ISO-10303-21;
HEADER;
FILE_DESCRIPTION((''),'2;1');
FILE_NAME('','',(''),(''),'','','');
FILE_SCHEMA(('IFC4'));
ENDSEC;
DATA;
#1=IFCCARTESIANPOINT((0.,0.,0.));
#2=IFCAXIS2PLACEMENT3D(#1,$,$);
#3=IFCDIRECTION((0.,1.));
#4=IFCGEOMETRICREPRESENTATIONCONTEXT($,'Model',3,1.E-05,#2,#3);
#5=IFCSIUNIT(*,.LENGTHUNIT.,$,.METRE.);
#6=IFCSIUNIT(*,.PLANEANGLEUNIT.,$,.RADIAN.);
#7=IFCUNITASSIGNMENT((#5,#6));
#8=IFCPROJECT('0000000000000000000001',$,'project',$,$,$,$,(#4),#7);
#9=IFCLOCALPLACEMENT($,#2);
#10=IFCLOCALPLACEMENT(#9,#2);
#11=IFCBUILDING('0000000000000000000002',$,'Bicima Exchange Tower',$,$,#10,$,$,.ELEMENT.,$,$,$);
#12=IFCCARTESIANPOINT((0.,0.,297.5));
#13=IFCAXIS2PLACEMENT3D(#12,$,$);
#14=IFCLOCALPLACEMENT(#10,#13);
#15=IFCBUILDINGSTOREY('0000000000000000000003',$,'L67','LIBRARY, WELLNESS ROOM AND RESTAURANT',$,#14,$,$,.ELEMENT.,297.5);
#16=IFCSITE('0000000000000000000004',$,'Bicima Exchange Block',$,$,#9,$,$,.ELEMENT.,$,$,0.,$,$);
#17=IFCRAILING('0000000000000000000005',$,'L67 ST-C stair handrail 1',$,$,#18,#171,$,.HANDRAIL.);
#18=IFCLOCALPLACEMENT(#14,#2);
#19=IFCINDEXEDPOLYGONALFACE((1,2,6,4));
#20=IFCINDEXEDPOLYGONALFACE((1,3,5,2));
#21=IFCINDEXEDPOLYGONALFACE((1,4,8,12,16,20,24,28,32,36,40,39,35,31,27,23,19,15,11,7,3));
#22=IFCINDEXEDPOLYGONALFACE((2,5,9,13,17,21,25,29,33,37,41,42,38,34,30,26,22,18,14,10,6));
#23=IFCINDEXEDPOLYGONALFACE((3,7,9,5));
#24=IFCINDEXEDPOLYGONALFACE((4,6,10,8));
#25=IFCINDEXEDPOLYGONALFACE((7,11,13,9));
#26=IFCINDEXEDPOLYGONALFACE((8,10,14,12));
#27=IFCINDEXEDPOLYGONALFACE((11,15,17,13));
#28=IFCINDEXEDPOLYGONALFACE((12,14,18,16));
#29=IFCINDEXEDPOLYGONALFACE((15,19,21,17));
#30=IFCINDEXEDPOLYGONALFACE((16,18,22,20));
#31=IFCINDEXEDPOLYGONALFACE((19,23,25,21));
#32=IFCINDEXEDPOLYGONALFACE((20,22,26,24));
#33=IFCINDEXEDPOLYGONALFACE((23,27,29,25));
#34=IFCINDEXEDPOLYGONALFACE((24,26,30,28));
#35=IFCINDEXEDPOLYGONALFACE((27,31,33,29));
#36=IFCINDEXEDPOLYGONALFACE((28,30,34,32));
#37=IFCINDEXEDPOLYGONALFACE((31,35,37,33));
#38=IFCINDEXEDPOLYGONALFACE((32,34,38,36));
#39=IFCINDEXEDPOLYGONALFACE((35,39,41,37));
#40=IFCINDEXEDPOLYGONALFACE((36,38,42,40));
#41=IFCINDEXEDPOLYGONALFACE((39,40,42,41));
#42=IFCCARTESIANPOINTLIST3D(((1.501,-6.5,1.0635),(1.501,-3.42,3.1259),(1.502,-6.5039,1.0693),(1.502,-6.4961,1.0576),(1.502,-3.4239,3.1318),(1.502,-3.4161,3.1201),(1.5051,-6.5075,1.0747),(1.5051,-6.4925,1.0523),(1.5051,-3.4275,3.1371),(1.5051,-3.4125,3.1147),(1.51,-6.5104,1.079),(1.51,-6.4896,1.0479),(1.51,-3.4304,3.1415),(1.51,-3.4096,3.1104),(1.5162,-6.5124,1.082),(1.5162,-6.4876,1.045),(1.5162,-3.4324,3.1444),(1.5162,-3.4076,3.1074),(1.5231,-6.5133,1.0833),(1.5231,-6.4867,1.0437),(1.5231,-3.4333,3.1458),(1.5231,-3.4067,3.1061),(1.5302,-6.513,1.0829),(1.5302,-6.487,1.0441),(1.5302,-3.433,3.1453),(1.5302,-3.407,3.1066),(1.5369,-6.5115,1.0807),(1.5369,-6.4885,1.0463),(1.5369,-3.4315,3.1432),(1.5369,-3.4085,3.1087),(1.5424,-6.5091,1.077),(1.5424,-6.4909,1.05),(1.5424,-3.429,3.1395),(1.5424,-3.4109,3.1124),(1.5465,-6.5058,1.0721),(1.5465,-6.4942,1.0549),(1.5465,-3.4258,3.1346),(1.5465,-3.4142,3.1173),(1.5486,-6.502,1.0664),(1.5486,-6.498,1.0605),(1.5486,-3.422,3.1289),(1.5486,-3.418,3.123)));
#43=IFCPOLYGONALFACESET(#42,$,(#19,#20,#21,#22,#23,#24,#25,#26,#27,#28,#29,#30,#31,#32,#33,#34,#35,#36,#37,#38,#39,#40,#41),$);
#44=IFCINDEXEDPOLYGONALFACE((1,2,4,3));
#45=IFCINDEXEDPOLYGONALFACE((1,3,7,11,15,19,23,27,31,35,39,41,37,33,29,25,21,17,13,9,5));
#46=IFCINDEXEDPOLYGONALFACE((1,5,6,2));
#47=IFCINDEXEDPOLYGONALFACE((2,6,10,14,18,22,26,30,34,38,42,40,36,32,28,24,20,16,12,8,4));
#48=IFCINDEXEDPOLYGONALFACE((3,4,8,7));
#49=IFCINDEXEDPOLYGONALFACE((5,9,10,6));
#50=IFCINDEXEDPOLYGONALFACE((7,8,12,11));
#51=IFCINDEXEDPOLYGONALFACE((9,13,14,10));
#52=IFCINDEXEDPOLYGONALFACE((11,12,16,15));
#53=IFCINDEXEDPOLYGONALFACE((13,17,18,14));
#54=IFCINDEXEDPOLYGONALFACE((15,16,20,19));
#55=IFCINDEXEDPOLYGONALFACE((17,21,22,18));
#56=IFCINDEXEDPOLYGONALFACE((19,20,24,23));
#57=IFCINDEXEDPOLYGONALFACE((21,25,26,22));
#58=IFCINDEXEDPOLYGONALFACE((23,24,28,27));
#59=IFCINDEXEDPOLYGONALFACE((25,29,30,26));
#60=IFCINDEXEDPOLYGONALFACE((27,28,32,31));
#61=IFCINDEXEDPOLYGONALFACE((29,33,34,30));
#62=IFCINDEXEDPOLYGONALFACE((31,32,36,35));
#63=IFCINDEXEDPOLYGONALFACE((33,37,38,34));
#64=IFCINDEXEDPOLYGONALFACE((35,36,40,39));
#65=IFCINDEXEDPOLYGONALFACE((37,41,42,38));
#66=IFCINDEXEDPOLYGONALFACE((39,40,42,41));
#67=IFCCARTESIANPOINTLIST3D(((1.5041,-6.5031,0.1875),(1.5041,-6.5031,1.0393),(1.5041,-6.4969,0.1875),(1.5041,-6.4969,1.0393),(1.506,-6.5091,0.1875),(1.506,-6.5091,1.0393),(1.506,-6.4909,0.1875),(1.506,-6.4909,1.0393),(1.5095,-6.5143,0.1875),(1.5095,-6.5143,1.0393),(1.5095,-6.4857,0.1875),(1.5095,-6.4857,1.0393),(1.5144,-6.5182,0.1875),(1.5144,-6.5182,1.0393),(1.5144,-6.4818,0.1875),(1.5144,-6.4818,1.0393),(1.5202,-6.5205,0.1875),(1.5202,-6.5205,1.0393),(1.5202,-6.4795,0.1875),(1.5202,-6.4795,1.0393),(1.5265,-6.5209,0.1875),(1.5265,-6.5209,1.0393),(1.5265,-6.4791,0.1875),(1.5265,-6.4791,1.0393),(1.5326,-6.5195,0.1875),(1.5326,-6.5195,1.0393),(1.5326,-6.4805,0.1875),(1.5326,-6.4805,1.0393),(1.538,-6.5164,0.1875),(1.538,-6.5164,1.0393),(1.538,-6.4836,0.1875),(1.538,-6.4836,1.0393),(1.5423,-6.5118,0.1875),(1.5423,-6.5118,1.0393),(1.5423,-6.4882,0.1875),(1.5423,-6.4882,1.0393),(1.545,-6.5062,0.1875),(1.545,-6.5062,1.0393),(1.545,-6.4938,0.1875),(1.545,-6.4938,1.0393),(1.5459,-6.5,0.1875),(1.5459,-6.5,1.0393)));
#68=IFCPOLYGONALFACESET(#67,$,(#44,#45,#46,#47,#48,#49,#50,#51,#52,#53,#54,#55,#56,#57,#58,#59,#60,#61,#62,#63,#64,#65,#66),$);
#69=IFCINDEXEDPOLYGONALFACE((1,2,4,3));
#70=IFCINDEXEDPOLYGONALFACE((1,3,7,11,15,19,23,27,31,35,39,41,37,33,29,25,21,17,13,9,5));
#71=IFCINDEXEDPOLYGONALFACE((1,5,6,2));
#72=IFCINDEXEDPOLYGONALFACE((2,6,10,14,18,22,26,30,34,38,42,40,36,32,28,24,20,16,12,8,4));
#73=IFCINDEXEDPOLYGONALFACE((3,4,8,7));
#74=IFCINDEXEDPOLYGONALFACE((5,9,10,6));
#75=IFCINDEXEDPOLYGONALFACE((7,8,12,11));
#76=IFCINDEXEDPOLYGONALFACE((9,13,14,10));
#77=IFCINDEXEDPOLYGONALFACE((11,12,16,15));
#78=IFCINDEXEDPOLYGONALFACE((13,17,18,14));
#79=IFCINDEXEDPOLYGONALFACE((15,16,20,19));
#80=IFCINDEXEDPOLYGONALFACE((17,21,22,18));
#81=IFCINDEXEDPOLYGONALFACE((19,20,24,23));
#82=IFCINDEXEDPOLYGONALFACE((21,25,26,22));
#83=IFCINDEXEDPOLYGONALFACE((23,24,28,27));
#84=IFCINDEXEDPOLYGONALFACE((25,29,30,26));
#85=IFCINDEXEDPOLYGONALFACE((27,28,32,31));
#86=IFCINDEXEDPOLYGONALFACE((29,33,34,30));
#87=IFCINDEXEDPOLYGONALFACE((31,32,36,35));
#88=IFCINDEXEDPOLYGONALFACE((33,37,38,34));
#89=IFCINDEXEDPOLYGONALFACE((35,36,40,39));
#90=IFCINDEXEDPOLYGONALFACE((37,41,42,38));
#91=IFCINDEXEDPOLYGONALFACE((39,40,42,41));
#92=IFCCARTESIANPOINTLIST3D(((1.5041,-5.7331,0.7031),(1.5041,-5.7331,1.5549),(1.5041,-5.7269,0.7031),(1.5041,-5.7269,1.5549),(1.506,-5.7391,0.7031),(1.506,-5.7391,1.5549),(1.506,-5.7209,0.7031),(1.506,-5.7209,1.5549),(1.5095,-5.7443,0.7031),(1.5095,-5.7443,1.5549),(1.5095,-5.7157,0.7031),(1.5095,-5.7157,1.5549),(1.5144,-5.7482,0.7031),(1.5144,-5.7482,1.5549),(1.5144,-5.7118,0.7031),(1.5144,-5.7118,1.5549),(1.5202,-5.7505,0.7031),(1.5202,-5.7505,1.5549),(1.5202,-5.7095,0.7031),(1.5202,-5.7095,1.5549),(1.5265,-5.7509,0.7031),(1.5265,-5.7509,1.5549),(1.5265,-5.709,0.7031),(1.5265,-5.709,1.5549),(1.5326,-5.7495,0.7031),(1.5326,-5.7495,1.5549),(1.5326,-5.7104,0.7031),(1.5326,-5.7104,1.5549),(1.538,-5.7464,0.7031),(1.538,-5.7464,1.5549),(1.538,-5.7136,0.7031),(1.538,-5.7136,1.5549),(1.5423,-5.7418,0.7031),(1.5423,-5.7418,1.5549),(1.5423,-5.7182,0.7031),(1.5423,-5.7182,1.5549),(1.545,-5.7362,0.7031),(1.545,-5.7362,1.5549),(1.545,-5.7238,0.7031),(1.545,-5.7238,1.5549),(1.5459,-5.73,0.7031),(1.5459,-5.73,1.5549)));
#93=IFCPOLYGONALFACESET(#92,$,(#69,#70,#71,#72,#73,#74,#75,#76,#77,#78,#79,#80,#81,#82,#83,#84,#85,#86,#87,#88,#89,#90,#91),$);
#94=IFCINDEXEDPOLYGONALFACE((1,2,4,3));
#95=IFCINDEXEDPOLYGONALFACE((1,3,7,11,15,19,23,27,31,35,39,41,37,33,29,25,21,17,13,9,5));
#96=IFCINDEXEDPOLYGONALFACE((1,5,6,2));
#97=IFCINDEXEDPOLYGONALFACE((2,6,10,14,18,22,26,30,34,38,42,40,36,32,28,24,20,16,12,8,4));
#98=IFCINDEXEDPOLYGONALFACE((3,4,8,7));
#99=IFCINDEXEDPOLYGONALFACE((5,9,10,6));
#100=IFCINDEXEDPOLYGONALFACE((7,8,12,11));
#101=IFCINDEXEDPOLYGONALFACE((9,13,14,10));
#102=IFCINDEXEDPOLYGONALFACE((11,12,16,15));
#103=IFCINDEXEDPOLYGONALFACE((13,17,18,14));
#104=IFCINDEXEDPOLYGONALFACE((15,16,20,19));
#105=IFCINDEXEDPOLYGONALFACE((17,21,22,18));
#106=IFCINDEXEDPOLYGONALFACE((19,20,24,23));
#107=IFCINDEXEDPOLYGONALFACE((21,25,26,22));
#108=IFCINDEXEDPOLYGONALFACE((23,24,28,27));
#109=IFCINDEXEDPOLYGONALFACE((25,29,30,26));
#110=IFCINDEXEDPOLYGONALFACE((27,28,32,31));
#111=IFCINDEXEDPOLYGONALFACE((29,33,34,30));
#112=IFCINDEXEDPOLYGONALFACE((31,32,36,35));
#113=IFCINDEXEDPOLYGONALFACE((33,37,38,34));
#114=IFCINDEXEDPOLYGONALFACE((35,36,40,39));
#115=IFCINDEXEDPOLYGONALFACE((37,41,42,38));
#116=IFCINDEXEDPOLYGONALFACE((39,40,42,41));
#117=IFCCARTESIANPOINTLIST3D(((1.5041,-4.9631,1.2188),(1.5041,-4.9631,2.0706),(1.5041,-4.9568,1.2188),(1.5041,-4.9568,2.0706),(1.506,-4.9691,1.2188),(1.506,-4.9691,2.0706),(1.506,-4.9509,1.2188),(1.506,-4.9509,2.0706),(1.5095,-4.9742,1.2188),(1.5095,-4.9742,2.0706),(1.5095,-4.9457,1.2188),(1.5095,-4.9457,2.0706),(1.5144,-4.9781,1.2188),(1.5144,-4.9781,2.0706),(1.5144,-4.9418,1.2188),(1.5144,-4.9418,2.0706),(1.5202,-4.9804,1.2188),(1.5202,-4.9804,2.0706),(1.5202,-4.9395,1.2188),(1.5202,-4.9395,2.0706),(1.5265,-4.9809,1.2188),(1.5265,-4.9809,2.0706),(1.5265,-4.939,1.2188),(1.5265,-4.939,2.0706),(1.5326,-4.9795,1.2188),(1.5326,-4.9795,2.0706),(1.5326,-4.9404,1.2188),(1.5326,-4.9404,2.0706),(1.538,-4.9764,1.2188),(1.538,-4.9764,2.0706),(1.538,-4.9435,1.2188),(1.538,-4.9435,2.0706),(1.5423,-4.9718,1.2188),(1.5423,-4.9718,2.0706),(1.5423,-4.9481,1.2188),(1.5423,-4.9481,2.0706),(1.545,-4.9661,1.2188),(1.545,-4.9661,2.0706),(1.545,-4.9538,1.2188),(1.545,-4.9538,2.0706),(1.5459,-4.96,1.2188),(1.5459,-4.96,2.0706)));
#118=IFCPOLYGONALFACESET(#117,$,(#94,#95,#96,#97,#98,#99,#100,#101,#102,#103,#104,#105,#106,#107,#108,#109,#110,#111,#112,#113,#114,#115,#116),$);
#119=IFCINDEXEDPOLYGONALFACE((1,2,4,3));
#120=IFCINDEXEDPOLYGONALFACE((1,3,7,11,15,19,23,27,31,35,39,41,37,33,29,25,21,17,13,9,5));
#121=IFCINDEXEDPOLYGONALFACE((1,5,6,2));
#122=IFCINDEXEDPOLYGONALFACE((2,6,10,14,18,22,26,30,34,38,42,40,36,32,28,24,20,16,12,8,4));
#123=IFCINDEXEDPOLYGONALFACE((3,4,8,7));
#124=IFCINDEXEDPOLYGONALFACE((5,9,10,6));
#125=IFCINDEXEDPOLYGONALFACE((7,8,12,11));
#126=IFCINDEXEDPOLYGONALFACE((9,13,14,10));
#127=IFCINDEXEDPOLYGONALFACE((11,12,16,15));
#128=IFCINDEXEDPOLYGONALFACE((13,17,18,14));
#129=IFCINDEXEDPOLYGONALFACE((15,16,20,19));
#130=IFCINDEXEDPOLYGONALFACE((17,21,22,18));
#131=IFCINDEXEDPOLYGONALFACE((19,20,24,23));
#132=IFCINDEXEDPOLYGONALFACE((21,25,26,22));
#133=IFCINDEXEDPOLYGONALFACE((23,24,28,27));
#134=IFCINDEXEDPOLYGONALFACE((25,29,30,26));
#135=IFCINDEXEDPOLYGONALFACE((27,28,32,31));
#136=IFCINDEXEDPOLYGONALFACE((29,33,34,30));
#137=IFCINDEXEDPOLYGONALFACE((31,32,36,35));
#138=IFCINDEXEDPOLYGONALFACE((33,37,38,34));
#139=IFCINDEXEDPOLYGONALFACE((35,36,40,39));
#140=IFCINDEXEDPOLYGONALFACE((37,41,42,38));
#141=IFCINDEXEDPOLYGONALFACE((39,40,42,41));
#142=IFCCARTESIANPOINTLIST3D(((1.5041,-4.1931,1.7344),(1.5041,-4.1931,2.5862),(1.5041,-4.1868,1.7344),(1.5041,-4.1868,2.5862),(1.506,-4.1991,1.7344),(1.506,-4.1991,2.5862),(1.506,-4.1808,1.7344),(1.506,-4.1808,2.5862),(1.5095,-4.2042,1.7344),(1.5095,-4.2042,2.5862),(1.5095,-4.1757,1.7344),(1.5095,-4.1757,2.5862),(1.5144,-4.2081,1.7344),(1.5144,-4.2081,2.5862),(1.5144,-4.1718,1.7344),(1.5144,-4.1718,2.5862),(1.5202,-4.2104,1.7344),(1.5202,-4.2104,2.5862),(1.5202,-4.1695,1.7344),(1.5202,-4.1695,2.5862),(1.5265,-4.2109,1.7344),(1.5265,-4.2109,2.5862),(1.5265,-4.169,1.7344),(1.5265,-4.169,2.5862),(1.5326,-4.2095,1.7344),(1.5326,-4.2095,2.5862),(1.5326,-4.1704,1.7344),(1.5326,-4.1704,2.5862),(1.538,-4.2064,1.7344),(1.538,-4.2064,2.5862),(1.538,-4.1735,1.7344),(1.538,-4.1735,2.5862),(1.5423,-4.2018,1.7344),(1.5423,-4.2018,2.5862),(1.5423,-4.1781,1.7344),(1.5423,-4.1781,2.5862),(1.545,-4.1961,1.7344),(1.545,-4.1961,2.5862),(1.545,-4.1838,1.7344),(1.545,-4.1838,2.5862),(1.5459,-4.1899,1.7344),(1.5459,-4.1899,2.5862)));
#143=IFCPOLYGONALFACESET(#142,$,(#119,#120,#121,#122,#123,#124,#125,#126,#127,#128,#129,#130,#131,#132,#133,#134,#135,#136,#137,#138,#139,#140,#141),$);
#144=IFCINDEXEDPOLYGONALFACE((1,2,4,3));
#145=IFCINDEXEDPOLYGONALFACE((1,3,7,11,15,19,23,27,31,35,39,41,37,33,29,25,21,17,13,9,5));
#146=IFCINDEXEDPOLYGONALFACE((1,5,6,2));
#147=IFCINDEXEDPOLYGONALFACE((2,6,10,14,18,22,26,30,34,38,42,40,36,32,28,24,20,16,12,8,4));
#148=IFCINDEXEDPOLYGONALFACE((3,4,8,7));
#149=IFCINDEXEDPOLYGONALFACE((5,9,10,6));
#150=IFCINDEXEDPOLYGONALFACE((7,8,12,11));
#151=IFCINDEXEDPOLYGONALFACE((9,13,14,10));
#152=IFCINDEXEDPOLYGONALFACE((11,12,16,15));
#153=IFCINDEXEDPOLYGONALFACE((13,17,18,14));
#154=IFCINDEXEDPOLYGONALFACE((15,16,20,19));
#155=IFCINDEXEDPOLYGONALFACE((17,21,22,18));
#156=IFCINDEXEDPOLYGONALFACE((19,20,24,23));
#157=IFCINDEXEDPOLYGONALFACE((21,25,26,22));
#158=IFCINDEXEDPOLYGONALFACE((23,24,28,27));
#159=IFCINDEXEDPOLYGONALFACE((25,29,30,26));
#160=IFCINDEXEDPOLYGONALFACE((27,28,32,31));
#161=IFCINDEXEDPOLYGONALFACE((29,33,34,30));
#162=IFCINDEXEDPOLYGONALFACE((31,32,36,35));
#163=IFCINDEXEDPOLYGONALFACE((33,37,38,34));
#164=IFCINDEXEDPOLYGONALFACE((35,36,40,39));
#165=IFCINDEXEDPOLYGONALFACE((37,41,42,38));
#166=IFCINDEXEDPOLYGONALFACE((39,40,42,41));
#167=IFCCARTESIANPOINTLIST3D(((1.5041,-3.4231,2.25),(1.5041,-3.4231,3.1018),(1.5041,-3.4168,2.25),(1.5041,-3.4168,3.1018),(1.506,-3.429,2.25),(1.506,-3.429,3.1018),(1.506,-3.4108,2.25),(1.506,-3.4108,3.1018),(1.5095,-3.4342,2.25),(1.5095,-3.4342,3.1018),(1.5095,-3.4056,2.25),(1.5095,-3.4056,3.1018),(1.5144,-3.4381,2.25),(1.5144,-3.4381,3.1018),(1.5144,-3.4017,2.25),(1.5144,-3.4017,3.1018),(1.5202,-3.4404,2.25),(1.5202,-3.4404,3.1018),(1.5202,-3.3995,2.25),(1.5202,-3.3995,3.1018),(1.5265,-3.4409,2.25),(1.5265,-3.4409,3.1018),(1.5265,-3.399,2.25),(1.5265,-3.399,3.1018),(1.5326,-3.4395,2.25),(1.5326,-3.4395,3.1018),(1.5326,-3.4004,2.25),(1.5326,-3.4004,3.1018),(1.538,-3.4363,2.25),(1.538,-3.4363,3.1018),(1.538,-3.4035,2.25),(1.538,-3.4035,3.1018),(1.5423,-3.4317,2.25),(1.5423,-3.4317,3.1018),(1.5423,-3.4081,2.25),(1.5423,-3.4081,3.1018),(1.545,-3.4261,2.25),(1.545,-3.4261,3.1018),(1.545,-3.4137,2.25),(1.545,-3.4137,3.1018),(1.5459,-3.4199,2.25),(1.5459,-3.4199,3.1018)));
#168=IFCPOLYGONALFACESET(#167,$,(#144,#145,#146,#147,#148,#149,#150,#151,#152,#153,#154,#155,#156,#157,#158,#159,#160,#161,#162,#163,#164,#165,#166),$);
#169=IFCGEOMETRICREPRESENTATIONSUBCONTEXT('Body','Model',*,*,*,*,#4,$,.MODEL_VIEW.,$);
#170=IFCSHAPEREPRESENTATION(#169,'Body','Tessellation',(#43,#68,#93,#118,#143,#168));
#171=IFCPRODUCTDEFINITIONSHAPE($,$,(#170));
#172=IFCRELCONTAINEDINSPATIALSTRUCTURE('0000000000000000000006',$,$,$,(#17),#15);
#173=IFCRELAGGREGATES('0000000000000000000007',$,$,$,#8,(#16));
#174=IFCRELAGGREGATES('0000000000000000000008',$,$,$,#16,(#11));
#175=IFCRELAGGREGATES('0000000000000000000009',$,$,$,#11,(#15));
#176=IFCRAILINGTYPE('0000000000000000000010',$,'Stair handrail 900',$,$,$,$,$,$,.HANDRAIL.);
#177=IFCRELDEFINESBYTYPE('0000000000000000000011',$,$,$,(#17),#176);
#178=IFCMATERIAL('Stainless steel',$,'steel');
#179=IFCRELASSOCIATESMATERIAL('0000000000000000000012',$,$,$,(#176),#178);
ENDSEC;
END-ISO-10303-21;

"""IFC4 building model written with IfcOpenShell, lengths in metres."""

from ifc_helpers import new_model, si_unit, direction, frame, origin, origin_2d, place, context, subcontext, project, spatial, circle, extrude, material, type_object, element, save


model = new_model("IFC4")

# Units and contexts
model_context = context("Model", 3, precision=1e-05, world=origin(), true_north=direction((0.0, 1.0)))
body_context = subcontext(model_context, "Body", "Model", "MODEL_VIEW")
ifc_project = project(units=[si_unit("LENGTHUNIT", "METRE"), si_unit("PLANEANGLEUNIT", "RADIAN")], contexts=[model_context])

# Site, building, storey
site_placement = place(None, origin())
site = spatial("IfcSite", under=ifc_project, at=site_placement, Name="Bicima Exchange Block", CompositionType="ELEMENT", RefElevation=0.0)
building_placement = place(site_placement, origin())
building = spatial("IfcBuilding", under=site, at=building_placement, Name="Bicima Exchange Tower", CompositionType="ELEMENT")
storey_placement = place(building_placement, frame((0.0, 0.0, 297.5)))
storey = spatial("IfcBuildingStorey", under=building, at=storey_placement, Name="L67", Description="LIBRARY, WELLNESS ROOM AND RESTAURANT", CompositionType="ELEMENT", Elevation=297.5)

# Shared definitions
ifc_material_1 = material(Name="Stainless steel", Category="steel")

# Railing
railing_type_1 = type_object("IfcRailingType", Name="Stair handrail 900", PredefinedType="HANDRAIL", material=ifc_material_1)
railing_1_placement = place(storey_placement, frame((1.5249, -6.5, 0.1875)))
element("IfcRailing", 1, at=railing_1_placement, inside=storey, type_object=railing_type_1, Name="L67 ST-C stair handrail 1", PredefinedType="HANDRAIL", context=body_context, shape_type="SweptSolid", body=[
    extrude(circle(Radius=0.0239, at=origin_2d()), frame((0.0, 0.0, 0.876), z_axis=(0.0, 0.830914, 0.556401), x_axis=(-1.0, 0.0, 0.0)), (0.0, 0.0, 1.0), 3.7068),
    extrude(circle(Radius=0.021, at=origin_2d()), origin(), (0.0, 0.0, 1.0), 0.8518),
    extrude(circle(Radius=0.021, at=origin_2d()), frame((0.0, 0.77, 0.5156)), (0.0, 0.0, 1.0), 0.8518),
    extrude(circle(Radius=0.021, at=origin_2d()), frame((0.0, 1.54, 1.0312)), (0.0, 0.0, 1.0), 0.8518),
    extrude(circle(Radius=0.021, at=origin_2d()), frame((0.0, 2.3101, 1.5469)), (0.0, 0.0, 1.0), 0.8518),
    extrude(circle(Radius=0.021, at=origin_2d()), frame((0.0, 3.0801, 2.0625)), (0.0, 0.0, 1.0), 0.8518),
])

save(model, "model.ifc")
